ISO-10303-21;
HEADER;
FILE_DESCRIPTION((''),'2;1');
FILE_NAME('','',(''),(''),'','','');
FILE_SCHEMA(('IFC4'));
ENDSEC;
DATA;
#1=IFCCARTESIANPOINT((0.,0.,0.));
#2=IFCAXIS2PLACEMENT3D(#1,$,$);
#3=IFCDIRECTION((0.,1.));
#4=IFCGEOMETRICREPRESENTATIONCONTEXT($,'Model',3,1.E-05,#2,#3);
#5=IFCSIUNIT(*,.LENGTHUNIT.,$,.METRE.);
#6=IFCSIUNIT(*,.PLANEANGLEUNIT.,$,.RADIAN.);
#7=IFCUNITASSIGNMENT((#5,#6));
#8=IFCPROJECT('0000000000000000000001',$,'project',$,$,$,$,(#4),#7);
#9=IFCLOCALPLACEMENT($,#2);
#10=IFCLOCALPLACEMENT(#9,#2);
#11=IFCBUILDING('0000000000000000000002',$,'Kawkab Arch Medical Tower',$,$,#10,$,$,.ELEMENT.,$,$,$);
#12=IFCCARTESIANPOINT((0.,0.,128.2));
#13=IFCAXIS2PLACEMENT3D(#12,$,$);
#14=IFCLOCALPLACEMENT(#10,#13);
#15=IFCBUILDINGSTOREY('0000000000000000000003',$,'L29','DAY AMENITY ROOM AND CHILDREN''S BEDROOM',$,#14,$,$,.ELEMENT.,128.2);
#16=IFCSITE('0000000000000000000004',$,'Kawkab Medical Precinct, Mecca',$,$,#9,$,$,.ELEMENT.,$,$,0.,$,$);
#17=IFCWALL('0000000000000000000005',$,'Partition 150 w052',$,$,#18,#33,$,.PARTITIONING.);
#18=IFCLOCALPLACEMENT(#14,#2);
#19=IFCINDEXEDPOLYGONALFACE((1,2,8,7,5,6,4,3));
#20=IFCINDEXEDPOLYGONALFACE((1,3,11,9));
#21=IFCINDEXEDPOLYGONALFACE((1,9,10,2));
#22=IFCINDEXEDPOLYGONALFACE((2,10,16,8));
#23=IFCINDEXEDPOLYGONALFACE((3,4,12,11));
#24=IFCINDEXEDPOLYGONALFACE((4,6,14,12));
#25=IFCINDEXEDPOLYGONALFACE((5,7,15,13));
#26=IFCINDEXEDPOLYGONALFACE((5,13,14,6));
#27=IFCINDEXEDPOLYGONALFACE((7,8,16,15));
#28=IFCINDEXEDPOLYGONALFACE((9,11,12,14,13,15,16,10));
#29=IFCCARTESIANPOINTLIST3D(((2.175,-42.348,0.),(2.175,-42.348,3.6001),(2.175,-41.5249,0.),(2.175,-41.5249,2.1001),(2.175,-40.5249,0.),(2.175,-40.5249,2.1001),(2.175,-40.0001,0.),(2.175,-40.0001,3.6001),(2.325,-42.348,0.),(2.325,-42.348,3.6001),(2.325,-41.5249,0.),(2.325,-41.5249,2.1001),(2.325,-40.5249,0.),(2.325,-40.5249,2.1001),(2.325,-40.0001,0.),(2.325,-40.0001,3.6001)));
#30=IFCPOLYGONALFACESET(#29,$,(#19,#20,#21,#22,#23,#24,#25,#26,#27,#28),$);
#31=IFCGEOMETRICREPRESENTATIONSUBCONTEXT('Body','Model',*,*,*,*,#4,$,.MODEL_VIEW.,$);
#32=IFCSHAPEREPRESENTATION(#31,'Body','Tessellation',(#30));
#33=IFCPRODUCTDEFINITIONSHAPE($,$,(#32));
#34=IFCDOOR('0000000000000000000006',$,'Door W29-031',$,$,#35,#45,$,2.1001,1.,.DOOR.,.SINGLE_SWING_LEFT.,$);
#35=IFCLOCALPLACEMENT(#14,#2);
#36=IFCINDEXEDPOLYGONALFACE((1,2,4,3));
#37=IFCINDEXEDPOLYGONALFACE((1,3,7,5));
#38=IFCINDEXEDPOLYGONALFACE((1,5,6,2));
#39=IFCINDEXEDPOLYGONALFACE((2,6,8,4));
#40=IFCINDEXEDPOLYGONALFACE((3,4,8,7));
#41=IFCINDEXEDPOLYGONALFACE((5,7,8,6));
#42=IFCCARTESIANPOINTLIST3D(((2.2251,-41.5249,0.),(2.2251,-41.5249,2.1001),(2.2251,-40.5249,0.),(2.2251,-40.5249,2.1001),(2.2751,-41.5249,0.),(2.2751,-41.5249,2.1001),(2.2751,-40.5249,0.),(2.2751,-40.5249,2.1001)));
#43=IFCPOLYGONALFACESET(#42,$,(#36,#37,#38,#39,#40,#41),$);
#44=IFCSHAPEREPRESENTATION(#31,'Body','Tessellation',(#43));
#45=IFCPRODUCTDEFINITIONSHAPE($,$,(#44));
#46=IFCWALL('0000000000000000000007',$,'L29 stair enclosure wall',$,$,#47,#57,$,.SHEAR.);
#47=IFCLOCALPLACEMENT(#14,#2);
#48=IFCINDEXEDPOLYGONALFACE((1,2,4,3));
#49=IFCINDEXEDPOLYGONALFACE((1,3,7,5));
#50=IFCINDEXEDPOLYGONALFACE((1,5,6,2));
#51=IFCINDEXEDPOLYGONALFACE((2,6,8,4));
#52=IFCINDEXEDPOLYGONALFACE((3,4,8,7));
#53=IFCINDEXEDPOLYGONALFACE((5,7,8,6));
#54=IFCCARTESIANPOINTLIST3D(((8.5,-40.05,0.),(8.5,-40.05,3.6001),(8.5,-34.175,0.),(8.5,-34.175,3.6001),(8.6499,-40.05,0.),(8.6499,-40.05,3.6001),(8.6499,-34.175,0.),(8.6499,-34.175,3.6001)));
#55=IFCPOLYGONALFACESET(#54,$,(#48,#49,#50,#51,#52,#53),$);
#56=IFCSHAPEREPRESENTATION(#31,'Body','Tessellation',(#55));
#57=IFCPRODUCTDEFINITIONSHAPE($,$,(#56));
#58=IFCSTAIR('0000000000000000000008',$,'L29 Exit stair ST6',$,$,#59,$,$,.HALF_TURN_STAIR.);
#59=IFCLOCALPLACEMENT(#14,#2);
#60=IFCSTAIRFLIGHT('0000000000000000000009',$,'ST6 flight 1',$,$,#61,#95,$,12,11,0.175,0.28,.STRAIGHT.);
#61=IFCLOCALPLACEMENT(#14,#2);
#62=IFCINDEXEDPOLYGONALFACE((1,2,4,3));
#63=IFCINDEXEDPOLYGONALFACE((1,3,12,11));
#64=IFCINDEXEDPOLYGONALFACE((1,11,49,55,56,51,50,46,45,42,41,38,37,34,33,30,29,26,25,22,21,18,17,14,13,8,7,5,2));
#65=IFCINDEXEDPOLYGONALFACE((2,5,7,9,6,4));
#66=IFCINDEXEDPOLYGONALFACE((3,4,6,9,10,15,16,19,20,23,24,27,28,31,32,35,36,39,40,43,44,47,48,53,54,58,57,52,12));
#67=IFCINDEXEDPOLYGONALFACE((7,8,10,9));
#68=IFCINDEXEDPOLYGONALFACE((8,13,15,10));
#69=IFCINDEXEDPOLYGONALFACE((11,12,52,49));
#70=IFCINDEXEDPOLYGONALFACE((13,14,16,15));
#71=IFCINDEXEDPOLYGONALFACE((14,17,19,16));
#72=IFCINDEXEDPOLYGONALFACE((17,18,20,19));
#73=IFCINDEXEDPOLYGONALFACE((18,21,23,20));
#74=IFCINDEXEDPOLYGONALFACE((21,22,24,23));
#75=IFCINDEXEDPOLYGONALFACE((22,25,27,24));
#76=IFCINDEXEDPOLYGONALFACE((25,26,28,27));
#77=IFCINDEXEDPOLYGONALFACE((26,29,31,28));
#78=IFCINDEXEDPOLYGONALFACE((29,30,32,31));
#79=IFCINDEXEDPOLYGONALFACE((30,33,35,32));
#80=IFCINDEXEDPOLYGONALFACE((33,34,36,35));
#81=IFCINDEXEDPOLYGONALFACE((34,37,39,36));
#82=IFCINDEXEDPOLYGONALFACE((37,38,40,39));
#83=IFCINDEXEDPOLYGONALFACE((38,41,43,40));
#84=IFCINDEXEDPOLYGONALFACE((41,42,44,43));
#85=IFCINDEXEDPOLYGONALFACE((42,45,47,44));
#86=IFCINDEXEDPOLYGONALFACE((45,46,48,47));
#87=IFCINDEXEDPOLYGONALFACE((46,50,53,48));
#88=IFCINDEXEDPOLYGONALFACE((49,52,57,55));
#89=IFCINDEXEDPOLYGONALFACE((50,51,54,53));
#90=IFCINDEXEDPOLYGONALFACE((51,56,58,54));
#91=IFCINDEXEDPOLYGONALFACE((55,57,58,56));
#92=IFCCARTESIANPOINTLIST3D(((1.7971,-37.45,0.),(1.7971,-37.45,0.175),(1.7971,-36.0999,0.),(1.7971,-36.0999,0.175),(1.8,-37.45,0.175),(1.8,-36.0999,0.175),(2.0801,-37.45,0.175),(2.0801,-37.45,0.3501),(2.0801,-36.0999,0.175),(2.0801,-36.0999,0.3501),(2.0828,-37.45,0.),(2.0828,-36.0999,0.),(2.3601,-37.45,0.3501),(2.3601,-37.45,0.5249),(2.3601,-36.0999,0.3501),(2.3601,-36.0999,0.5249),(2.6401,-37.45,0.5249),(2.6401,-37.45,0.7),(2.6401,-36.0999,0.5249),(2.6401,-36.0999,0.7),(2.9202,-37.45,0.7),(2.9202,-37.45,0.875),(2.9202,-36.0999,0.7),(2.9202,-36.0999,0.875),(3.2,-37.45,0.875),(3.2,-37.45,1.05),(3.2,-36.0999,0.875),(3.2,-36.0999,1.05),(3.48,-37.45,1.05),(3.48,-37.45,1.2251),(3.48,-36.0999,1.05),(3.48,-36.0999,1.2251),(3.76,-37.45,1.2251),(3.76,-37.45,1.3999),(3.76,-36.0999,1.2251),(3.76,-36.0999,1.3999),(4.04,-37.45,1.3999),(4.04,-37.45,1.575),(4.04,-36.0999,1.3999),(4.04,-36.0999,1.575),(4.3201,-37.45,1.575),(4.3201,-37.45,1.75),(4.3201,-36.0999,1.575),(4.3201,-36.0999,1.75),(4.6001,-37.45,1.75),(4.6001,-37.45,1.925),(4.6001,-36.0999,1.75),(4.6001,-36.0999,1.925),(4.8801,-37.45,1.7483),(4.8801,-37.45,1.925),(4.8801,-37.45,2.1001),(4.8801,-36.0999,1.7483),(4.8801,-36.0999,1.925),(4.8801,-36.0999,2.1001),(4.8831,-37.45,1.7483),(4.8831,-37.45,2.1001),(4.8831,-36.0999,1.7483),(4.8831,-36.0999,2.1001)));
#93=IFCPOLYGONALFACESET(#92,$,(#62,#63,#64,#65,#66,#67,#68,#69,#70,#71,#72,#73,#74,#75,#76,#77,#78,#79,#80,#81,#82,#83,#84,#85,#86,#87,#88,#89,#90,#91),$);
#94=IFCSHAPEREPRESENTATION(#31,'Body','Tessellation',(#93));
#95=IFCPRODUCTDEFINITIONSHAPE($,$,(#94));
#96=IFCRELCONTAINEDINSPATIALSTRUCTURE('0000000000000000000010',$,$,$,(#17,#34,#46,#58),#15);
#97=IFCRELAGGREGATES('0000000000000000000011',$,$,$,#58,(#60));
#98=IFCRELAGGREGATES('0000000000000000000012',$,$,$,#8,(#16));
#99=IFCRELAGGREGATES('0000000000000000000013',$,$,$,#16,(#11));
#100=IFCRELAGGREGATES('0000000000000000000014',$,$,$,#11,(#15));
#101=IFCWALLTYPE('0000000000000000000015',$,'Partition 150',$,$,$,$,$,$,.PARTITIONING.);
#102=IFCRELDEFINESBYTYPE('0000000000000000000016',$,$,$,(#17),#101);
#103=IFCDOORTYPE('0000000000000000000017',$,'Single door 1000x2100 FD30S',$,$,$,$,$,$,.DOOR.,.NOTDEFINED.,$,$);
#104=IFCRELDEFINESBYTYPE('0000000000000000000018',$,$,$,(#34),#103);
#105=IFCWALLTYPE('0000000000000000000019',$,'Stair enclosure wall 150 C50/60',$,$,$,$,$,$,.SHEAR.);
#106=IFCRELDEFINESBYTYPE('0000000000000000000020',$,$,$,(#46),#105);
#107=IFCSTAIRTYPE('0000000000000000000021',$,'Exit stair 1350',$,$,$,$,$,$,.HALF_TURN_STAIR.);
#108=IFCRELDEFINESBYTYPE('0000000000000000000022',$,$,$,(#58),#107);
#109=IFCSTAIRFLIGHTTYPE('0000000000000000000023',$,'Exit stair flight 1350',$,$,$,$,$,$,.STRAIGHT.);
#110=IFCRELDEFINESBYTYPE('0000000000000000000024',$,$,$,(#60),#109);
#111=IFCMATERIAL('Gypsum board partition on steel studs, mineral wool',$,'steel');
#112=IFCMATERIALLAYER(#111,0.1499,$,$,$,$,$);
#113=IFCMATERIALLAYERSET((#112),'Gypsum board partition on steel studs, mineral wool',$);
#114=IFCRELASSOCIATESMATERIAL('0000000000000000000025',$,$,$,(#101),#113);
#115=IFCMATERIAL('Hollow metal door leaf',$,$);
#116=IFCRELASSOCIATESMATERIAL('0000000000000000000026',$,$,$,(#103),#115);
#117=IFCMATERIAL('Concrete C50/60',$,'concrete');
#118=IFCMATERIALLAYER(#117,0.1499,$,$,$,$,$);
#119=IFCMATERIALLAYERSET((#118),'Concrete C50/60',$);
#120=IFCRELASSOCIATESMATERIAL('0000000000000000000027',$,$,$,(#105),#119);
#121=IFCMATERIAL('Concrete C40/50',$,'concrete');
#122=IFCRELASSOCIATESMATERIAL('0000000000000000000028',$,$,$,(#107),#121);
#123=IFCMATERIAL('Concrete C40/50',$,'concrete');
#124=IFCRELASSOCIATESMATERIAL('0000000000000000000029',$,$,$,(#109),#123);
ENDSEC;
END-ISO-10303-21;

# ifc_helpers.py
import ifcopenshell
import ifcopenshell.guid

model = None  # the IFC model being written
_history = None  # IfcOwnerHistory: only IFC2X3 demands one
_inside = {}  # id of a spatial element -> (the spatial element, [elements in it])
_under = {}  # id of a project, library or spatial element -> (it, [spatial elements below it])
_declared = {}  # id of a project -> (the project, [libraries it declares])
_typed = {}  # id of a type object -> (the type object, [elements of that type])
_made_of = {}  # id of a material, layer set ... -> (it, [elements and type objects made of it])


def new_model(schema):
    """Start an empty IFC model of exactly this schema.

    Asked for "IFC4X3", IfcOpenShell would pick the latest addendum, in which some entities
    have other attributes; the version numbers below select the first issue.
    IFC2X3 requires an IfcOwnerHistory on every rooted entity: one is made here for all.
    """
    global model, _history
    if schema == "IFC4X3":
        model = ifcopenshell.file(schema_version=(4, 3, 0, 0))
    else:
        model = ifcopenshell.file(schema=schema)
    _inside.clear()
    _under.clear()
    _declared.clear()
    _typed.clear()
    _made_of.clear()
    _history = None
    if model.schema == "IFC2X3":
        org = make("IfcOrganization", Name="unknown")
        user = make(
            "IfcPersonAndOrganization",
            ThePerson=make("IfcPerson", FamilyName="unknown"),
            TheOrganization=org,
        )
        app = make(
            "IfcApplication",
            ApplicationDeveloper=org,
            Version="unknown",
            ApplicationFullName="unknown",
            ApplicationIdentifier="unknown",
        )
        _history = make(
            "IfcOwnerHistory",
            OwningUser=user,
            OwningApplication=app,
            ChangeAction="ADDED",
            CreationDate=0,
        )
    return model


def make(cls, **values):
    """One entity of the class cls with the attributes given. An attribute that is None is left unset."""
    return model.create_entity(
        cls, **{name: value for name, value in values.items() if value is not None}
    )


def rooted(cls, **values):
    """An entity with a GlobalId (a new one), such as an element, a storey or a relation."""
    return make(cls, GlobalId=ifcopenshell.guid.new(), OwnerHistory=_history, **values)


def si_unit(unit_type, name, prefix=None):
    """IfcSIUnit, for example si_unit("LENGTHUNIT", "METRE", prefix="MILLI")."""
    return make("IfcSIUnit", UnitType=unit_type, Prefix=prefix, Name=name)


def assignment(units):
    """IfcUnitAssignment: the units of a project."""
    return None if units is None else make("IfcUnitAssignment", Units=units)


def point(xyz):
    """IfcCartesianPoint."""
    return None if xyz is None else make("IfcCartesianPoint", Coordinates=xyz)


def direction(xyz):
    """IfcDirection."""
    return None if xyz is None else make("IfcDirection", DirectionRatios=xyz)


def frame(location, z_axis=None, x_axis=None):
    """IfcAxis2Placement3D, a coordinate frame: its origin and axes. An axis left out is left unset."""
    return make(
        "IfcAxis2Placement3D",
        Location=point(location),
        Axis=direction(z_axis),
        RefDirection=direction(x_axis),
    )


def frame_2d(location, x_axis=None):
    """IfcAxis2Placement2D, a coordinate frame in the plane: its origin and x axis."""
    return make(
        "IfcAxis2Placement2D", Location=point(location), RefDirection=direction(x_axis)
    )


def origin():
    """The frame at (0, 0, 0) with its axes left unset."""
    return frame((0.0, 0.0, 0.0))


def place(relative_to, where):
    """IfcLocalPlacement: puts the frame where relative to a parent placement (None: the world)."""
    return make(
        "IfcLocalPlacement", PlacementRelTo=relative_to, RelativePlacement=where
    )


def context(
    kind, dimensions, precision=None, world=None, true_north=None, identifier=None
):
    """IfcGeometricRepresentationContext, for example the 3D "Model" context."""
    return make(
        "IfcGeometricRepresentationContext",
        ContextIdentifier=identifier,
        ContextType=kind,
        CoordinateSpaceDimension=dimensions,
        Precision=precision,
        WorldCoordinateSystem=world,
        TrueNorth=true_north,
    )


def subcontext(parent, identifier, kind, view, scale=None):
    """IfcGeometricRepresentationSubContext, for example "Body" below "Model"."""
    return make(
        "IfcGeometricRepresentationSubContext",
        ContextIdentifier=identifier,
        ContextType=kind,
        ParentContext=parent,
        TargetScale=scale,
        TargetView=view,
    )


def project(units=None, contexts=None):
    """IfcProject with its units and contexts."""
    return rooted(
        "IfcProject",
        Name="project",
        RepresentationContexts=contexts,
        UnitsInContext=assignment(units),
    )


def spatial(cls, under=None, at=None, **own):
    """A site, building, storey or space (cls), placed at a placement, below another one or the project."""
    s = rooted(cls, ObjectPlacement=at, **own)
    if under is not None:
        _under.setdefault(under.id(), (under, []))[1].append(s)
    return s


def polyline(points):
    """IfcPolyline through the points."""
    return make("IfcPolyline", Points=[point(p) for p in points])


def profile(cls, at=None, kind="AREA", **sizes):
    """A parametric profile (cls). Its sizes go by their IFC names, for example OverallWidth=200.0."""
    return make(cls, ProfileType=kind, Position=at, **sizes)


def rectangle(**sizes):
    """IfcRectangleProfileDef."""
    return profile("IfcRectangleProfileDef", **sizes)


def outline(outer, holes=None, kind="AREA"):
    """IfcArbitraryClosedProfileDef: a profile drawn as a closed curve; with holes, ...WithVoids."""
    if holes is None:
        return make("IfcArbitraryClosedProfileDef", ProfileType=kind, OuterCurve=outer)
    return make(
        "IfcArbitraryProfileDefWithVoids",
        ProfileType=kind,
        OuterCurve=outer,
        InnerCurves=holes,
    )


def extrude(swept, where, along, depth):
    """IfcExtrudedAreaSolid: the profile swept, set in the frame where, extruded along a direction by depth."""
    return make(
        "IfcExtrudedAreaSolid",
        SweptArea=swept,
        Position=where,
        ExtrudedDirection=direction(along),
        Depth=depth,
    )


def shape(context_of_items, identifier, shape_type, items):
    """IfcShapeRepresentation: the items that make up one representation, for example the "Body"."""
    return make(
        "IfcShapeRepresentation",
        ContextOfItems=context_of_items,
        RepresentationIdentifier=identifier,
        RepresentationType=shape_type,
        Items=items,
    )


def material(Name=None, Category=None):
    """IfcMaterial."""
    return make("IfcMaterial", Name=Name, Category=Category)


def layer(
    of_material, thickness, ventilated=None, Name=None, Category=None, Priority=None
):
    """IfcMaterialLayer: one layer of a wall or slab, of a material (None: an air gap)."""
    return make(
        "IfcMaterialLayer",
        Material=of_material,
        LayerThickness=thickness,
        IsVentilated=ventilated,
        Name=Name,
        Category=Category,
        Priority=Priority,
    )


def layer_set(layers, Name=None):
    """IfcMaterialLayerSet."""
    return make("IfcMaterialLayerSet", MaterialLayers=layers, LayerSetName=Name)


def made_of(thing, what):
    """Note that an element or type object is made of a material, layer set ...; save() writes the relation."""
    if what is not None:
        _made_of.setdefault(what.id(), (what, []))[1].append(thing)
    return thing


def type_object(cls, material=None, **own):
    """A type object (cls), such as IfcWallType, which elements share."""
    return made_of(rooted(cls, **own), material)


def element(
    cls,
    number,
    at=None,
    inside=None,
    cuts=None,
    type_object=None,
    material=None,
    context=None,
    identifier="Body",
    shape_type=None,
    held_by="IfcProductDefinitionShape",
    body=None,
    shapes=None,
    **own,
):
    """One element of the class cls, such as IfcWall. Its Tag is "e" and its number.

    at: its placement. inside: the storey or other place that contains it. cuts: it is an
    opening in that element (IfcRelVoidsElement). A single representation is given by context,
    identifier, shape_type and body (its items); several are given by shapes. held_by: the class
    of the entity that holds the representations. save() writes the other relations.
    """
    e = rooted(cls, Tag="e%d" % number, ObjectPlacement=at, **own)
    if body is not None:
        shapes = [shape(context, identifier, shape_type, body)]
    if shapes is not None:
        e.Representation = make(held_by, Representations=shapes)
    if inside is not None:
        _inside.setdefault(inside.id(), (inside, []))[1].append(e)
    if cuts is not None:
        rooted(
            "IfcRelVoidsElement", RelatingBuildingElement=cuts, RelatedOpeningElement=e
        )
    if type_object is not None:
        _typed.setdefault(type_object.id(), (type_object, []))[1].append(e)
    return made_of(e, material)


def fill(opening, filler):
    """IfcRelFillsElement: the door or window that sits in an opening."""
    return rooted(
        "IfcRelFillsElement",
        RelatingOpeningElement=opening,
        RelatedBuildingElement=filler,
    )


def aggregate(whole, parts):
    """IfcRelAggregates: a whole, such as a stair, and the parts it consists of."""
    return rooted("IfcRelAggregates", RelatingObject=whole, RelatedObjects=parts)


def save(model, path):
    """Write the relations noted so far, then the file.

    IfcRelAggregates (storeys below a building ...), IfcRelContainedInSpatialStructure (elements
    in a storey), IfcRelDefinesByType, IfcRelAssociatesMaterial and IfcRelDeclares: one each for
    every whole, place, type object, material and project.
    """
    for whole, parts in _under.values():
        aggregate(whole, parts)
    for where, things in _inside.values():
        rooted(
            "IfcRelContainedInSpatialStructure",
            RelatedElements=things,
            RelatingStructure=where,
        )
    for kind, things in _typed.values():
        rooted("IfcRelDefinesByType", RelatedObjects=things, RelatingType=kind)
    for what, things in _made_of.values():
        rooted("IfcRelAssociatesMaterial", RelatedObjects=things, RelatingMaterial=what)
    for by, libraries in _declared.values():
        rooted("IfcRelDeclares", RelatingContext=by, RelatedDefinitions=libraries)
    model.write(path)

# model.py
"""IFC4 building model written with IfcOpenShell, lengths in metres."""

from ifc_helpers import new_model, si_unit, direction, frame, frame_2d, origin, place, context, subcontext, project, spatial, polyline, rectangle, outline, extrude, material, layer, layer_set, type_object, element, fill, aggregate, save


model = new_model("IFC4")

# Units and contexts
model_context = context("Model", 3, precision=1e-05, world=origin(), true_north=direction((0.0, 1.0)))
body_context = subcontext(model_context, "Body", "Model", "MODEL_VIEW")
ifc_project = project(units=[si_unit("LENGTHUNIT", "METRE"), si_unit("PLANEANGLEUNIT", "RADIAN")], contexts=[model_context])

# Site, building, storey
site_placement = place(None, origin())
site = spatial("IfcSite", under=ifc_project, at=site_placement, Name="Kawkab Medical Precinct, Mecca", CompositionType="ELEMENT", RefElevation=0.0)
building_placement = place(site_placement, origin())
building = spatial("IfcBuilding", under=site, at=building_placement, Name="Kawkab Arch Medical Tower", CompositionType="ELEMENT")
storey_placement = place(building_placement, frame((0.0, 0.0, 128.2)))
storey = spatial("IfcBuildingStorey", under=building, at=storey_placement, Name="L29", Description="DAY AMENITY ROOM AND CHILDREN'S BEDROOM", CompositionType="ELEMENT", Elevation=128.2)

# Shared definitions
ifc_material_1 = material(Name="Gypsum board partition on steel studs, mineral wool", Category="steel")
ifc_layer_1 = layer(ifc_material_1, 0.1499)
ifc_layer_set_1 = layer_set([ifc_layer_1], Name="Gypsum board partition on steel studs, mineral wool")
wall_type_1 = type_object("IfcWallType", Name="Partition 150", PredefinedType="PARTITIONING", material=ifc_layer_set_1)

# Wall, opening, door
wall_1_placement = place(storey_placement, frame((2.25, -42.3479, 0.0), z_axis=(0.0, 0.0, 1.0), x_axis=(0.0, 1.0, 0.0)))
wall_1 = element("IfcWall", 1, at=wall_1_placement, inside=storey, type_object=wall_type_1, Name="Partition 150 w052", PredefinedType="PARTITIONING", context=body_context, shape_type="SweptSolid", body=[
    extrude(rectangle(XDim=2.3479, YDim=0.1499, at=frame_2d((1.1738, 0.0))), origin(), (0.0, 0.0, 1.0), 3.6001),
])
opening_1_placement = place(wall_1_placement, frame((0.823, 0.0, 0.0)))
opening_1 = element("IfcOpeningElement", 2, at=opening_1_placement, cuts=wall_1, PredefinedType="OPENING", context=body_context, shape_type="SweptSolid", body=[
    extrude(rectangle(XDim=1.0, YDim=2.1001, at=frame_2d((0.5, 1.05))), frame((0.0, 0.085, 0.0), z_axis=(0.0, -1.0, 0.0), x_axis=(1.0, 0.0, 0.0)), (0.0, 0.0, 1.0), 0.1699),
])
ifc_material_2 = material(Name="Hollow metal door leaf")
door_type_1 = type_object("IfcDoorType", Name="Single door 1000x2100 FD30S", OperationType="NOTDEFINED", PredefinedType="DOOR", material=ifc_material_2)
door_1_placement = place(opening_1_placement, origin())
door_1 = element("IfcDoor", 3, at=door_1_placement, inside=storey, type_object=door_type_1, Name="Door W29-031", OperationType="SINGLE_SWING_LEFT", OverallHeight=2.1001, OverallWidth=1.0, PredefinedType="DOOR", context=body_context, shape_type="SweptSolid", body=[
    extrude(rectangle(XDim=1.0, YDim=2.1001, at=frame_2d((0.5, 1.05))), frame((0.0, 0.0249, 0.0), z_axis=(0.0, -1.0, 0.0), x_axis=(1.0, 0.0, 0.0)), (0.0, 0.0, 1.0), 0.05),
])
fill(opening_1, door_1)

# Wall
ifc_material_3 = material(Name="Concrete C50/60", Category="concrete")
ifc_layer_2 = layer(ifc_material_3, 0.1499)
ifc_layer_set_2 = layer_set([ifc_layer_2], Name="Concrete C50/60")
wall_type_2 = type_object("IfcWallType", Name="Stair enclosure wall 150 C50/60", PredefinedType="SHEAR", material=ifc_layer_set_2)
wall_2_placement = place(storey_placement, frame((8.575, -40.05, 0.0), z_axis=(0.0, 0.0, 1.0), x_axis=(0.0, 1.0, 0.0)))
element("IfcWall", 4, at=wall_2_placement, inside=storey, type_object=wall_type_2, Name="L29 stair enclosure wall", PredefinedType="SHEAR", context=body_context, shape_type="SweptSolid", body=[
    extrude(rectangle(XDim=5.875, YDim=0.1499, at=frame_2d((2.9375, 0.0))), origin(), (0.0, 0.0, 1.0), 3.6001),
])

# Stair, stair flight
ifc_material_4 = material(Name="Concrete C40/50", Category="concrete")
stair_type = type_object("IfcStairType", Name="Exit stair 1350", PredefinedType="HALF_TURN_STAIR", material=ifc_material_4)
stair_placement = place(storey_placement, origin())
stair = element("IfcStair", 5, at=stair_placement, inside=storey, type_object=stair_type, Name="L29 Exit stair ST6", PredefinedType="HALF_TURN_STAIR")
ifc_material_5 = material(Name="Concrete C40/50", Category="concrete")
stair_flight_type = type_object("IfcStairFlightType", Name="Exit stair flight 1350", PredefinedType="STRAIGHT", material=ifc_material_5)
stair_flight_placement = place(storey_placement, frame((1.8, -36.7749, 0.0), z_axis=(0.0, 0.0, 1.0), x_axis=(1.0, 0.0, 0.0)))
stair_flight = element("IfcStairFlight", 6, at=stair_flight_placement, type_object=stair_flight_type, Name="ST6 flight 1", NumberOfRisers=12, NumberOfTreads=11, PredefinedType="STRAIGHT", RiserHeight=0.175, TreadLength=0.28, context=body_context, shape_type="SweptSolid", body=[
    extrude(outline(polyline([(-0.0029, 0.0), (-0.0029, 0.175), (0.0, 0.175), (0.28, 0.175), (0.28, 0.3501), (0.5601, 0.3501), (0.5601, 0.5249), (0.8401, 0.5249), (0.8401, 0.7), (1.1201, 0.7), (1.1201, 0.875), (1.3999, 0.875), (1.3999, 1.05), (1.6799, 1.05), (1.6799, 1.2251), (1.96, 1.2251), (1.96, 1.3999), (2.24, 1.3999), (2.24, 1.575), (2.52, 1.575), (2.52, 1.75), (2.8, 1.75), (2.8, 1.925), (3.0801, 1.925), (3.0801, 2.1001), (3.083, 2.1001), (3.083, 1.7483), (3.0801, 1.7483), (0.2827, 0.0), (-0.0029, 0.0)])), frame((0.0, 0.675, 0.0), z_axis=(0.0, -1.0, 0.0), x_axis=(1.0, 0.0, 0.0)), (0.0, 0.0, 1.0), 1.3501),
])
aggregate(stair, [stair_flight])

save(model, "model.ifc")
